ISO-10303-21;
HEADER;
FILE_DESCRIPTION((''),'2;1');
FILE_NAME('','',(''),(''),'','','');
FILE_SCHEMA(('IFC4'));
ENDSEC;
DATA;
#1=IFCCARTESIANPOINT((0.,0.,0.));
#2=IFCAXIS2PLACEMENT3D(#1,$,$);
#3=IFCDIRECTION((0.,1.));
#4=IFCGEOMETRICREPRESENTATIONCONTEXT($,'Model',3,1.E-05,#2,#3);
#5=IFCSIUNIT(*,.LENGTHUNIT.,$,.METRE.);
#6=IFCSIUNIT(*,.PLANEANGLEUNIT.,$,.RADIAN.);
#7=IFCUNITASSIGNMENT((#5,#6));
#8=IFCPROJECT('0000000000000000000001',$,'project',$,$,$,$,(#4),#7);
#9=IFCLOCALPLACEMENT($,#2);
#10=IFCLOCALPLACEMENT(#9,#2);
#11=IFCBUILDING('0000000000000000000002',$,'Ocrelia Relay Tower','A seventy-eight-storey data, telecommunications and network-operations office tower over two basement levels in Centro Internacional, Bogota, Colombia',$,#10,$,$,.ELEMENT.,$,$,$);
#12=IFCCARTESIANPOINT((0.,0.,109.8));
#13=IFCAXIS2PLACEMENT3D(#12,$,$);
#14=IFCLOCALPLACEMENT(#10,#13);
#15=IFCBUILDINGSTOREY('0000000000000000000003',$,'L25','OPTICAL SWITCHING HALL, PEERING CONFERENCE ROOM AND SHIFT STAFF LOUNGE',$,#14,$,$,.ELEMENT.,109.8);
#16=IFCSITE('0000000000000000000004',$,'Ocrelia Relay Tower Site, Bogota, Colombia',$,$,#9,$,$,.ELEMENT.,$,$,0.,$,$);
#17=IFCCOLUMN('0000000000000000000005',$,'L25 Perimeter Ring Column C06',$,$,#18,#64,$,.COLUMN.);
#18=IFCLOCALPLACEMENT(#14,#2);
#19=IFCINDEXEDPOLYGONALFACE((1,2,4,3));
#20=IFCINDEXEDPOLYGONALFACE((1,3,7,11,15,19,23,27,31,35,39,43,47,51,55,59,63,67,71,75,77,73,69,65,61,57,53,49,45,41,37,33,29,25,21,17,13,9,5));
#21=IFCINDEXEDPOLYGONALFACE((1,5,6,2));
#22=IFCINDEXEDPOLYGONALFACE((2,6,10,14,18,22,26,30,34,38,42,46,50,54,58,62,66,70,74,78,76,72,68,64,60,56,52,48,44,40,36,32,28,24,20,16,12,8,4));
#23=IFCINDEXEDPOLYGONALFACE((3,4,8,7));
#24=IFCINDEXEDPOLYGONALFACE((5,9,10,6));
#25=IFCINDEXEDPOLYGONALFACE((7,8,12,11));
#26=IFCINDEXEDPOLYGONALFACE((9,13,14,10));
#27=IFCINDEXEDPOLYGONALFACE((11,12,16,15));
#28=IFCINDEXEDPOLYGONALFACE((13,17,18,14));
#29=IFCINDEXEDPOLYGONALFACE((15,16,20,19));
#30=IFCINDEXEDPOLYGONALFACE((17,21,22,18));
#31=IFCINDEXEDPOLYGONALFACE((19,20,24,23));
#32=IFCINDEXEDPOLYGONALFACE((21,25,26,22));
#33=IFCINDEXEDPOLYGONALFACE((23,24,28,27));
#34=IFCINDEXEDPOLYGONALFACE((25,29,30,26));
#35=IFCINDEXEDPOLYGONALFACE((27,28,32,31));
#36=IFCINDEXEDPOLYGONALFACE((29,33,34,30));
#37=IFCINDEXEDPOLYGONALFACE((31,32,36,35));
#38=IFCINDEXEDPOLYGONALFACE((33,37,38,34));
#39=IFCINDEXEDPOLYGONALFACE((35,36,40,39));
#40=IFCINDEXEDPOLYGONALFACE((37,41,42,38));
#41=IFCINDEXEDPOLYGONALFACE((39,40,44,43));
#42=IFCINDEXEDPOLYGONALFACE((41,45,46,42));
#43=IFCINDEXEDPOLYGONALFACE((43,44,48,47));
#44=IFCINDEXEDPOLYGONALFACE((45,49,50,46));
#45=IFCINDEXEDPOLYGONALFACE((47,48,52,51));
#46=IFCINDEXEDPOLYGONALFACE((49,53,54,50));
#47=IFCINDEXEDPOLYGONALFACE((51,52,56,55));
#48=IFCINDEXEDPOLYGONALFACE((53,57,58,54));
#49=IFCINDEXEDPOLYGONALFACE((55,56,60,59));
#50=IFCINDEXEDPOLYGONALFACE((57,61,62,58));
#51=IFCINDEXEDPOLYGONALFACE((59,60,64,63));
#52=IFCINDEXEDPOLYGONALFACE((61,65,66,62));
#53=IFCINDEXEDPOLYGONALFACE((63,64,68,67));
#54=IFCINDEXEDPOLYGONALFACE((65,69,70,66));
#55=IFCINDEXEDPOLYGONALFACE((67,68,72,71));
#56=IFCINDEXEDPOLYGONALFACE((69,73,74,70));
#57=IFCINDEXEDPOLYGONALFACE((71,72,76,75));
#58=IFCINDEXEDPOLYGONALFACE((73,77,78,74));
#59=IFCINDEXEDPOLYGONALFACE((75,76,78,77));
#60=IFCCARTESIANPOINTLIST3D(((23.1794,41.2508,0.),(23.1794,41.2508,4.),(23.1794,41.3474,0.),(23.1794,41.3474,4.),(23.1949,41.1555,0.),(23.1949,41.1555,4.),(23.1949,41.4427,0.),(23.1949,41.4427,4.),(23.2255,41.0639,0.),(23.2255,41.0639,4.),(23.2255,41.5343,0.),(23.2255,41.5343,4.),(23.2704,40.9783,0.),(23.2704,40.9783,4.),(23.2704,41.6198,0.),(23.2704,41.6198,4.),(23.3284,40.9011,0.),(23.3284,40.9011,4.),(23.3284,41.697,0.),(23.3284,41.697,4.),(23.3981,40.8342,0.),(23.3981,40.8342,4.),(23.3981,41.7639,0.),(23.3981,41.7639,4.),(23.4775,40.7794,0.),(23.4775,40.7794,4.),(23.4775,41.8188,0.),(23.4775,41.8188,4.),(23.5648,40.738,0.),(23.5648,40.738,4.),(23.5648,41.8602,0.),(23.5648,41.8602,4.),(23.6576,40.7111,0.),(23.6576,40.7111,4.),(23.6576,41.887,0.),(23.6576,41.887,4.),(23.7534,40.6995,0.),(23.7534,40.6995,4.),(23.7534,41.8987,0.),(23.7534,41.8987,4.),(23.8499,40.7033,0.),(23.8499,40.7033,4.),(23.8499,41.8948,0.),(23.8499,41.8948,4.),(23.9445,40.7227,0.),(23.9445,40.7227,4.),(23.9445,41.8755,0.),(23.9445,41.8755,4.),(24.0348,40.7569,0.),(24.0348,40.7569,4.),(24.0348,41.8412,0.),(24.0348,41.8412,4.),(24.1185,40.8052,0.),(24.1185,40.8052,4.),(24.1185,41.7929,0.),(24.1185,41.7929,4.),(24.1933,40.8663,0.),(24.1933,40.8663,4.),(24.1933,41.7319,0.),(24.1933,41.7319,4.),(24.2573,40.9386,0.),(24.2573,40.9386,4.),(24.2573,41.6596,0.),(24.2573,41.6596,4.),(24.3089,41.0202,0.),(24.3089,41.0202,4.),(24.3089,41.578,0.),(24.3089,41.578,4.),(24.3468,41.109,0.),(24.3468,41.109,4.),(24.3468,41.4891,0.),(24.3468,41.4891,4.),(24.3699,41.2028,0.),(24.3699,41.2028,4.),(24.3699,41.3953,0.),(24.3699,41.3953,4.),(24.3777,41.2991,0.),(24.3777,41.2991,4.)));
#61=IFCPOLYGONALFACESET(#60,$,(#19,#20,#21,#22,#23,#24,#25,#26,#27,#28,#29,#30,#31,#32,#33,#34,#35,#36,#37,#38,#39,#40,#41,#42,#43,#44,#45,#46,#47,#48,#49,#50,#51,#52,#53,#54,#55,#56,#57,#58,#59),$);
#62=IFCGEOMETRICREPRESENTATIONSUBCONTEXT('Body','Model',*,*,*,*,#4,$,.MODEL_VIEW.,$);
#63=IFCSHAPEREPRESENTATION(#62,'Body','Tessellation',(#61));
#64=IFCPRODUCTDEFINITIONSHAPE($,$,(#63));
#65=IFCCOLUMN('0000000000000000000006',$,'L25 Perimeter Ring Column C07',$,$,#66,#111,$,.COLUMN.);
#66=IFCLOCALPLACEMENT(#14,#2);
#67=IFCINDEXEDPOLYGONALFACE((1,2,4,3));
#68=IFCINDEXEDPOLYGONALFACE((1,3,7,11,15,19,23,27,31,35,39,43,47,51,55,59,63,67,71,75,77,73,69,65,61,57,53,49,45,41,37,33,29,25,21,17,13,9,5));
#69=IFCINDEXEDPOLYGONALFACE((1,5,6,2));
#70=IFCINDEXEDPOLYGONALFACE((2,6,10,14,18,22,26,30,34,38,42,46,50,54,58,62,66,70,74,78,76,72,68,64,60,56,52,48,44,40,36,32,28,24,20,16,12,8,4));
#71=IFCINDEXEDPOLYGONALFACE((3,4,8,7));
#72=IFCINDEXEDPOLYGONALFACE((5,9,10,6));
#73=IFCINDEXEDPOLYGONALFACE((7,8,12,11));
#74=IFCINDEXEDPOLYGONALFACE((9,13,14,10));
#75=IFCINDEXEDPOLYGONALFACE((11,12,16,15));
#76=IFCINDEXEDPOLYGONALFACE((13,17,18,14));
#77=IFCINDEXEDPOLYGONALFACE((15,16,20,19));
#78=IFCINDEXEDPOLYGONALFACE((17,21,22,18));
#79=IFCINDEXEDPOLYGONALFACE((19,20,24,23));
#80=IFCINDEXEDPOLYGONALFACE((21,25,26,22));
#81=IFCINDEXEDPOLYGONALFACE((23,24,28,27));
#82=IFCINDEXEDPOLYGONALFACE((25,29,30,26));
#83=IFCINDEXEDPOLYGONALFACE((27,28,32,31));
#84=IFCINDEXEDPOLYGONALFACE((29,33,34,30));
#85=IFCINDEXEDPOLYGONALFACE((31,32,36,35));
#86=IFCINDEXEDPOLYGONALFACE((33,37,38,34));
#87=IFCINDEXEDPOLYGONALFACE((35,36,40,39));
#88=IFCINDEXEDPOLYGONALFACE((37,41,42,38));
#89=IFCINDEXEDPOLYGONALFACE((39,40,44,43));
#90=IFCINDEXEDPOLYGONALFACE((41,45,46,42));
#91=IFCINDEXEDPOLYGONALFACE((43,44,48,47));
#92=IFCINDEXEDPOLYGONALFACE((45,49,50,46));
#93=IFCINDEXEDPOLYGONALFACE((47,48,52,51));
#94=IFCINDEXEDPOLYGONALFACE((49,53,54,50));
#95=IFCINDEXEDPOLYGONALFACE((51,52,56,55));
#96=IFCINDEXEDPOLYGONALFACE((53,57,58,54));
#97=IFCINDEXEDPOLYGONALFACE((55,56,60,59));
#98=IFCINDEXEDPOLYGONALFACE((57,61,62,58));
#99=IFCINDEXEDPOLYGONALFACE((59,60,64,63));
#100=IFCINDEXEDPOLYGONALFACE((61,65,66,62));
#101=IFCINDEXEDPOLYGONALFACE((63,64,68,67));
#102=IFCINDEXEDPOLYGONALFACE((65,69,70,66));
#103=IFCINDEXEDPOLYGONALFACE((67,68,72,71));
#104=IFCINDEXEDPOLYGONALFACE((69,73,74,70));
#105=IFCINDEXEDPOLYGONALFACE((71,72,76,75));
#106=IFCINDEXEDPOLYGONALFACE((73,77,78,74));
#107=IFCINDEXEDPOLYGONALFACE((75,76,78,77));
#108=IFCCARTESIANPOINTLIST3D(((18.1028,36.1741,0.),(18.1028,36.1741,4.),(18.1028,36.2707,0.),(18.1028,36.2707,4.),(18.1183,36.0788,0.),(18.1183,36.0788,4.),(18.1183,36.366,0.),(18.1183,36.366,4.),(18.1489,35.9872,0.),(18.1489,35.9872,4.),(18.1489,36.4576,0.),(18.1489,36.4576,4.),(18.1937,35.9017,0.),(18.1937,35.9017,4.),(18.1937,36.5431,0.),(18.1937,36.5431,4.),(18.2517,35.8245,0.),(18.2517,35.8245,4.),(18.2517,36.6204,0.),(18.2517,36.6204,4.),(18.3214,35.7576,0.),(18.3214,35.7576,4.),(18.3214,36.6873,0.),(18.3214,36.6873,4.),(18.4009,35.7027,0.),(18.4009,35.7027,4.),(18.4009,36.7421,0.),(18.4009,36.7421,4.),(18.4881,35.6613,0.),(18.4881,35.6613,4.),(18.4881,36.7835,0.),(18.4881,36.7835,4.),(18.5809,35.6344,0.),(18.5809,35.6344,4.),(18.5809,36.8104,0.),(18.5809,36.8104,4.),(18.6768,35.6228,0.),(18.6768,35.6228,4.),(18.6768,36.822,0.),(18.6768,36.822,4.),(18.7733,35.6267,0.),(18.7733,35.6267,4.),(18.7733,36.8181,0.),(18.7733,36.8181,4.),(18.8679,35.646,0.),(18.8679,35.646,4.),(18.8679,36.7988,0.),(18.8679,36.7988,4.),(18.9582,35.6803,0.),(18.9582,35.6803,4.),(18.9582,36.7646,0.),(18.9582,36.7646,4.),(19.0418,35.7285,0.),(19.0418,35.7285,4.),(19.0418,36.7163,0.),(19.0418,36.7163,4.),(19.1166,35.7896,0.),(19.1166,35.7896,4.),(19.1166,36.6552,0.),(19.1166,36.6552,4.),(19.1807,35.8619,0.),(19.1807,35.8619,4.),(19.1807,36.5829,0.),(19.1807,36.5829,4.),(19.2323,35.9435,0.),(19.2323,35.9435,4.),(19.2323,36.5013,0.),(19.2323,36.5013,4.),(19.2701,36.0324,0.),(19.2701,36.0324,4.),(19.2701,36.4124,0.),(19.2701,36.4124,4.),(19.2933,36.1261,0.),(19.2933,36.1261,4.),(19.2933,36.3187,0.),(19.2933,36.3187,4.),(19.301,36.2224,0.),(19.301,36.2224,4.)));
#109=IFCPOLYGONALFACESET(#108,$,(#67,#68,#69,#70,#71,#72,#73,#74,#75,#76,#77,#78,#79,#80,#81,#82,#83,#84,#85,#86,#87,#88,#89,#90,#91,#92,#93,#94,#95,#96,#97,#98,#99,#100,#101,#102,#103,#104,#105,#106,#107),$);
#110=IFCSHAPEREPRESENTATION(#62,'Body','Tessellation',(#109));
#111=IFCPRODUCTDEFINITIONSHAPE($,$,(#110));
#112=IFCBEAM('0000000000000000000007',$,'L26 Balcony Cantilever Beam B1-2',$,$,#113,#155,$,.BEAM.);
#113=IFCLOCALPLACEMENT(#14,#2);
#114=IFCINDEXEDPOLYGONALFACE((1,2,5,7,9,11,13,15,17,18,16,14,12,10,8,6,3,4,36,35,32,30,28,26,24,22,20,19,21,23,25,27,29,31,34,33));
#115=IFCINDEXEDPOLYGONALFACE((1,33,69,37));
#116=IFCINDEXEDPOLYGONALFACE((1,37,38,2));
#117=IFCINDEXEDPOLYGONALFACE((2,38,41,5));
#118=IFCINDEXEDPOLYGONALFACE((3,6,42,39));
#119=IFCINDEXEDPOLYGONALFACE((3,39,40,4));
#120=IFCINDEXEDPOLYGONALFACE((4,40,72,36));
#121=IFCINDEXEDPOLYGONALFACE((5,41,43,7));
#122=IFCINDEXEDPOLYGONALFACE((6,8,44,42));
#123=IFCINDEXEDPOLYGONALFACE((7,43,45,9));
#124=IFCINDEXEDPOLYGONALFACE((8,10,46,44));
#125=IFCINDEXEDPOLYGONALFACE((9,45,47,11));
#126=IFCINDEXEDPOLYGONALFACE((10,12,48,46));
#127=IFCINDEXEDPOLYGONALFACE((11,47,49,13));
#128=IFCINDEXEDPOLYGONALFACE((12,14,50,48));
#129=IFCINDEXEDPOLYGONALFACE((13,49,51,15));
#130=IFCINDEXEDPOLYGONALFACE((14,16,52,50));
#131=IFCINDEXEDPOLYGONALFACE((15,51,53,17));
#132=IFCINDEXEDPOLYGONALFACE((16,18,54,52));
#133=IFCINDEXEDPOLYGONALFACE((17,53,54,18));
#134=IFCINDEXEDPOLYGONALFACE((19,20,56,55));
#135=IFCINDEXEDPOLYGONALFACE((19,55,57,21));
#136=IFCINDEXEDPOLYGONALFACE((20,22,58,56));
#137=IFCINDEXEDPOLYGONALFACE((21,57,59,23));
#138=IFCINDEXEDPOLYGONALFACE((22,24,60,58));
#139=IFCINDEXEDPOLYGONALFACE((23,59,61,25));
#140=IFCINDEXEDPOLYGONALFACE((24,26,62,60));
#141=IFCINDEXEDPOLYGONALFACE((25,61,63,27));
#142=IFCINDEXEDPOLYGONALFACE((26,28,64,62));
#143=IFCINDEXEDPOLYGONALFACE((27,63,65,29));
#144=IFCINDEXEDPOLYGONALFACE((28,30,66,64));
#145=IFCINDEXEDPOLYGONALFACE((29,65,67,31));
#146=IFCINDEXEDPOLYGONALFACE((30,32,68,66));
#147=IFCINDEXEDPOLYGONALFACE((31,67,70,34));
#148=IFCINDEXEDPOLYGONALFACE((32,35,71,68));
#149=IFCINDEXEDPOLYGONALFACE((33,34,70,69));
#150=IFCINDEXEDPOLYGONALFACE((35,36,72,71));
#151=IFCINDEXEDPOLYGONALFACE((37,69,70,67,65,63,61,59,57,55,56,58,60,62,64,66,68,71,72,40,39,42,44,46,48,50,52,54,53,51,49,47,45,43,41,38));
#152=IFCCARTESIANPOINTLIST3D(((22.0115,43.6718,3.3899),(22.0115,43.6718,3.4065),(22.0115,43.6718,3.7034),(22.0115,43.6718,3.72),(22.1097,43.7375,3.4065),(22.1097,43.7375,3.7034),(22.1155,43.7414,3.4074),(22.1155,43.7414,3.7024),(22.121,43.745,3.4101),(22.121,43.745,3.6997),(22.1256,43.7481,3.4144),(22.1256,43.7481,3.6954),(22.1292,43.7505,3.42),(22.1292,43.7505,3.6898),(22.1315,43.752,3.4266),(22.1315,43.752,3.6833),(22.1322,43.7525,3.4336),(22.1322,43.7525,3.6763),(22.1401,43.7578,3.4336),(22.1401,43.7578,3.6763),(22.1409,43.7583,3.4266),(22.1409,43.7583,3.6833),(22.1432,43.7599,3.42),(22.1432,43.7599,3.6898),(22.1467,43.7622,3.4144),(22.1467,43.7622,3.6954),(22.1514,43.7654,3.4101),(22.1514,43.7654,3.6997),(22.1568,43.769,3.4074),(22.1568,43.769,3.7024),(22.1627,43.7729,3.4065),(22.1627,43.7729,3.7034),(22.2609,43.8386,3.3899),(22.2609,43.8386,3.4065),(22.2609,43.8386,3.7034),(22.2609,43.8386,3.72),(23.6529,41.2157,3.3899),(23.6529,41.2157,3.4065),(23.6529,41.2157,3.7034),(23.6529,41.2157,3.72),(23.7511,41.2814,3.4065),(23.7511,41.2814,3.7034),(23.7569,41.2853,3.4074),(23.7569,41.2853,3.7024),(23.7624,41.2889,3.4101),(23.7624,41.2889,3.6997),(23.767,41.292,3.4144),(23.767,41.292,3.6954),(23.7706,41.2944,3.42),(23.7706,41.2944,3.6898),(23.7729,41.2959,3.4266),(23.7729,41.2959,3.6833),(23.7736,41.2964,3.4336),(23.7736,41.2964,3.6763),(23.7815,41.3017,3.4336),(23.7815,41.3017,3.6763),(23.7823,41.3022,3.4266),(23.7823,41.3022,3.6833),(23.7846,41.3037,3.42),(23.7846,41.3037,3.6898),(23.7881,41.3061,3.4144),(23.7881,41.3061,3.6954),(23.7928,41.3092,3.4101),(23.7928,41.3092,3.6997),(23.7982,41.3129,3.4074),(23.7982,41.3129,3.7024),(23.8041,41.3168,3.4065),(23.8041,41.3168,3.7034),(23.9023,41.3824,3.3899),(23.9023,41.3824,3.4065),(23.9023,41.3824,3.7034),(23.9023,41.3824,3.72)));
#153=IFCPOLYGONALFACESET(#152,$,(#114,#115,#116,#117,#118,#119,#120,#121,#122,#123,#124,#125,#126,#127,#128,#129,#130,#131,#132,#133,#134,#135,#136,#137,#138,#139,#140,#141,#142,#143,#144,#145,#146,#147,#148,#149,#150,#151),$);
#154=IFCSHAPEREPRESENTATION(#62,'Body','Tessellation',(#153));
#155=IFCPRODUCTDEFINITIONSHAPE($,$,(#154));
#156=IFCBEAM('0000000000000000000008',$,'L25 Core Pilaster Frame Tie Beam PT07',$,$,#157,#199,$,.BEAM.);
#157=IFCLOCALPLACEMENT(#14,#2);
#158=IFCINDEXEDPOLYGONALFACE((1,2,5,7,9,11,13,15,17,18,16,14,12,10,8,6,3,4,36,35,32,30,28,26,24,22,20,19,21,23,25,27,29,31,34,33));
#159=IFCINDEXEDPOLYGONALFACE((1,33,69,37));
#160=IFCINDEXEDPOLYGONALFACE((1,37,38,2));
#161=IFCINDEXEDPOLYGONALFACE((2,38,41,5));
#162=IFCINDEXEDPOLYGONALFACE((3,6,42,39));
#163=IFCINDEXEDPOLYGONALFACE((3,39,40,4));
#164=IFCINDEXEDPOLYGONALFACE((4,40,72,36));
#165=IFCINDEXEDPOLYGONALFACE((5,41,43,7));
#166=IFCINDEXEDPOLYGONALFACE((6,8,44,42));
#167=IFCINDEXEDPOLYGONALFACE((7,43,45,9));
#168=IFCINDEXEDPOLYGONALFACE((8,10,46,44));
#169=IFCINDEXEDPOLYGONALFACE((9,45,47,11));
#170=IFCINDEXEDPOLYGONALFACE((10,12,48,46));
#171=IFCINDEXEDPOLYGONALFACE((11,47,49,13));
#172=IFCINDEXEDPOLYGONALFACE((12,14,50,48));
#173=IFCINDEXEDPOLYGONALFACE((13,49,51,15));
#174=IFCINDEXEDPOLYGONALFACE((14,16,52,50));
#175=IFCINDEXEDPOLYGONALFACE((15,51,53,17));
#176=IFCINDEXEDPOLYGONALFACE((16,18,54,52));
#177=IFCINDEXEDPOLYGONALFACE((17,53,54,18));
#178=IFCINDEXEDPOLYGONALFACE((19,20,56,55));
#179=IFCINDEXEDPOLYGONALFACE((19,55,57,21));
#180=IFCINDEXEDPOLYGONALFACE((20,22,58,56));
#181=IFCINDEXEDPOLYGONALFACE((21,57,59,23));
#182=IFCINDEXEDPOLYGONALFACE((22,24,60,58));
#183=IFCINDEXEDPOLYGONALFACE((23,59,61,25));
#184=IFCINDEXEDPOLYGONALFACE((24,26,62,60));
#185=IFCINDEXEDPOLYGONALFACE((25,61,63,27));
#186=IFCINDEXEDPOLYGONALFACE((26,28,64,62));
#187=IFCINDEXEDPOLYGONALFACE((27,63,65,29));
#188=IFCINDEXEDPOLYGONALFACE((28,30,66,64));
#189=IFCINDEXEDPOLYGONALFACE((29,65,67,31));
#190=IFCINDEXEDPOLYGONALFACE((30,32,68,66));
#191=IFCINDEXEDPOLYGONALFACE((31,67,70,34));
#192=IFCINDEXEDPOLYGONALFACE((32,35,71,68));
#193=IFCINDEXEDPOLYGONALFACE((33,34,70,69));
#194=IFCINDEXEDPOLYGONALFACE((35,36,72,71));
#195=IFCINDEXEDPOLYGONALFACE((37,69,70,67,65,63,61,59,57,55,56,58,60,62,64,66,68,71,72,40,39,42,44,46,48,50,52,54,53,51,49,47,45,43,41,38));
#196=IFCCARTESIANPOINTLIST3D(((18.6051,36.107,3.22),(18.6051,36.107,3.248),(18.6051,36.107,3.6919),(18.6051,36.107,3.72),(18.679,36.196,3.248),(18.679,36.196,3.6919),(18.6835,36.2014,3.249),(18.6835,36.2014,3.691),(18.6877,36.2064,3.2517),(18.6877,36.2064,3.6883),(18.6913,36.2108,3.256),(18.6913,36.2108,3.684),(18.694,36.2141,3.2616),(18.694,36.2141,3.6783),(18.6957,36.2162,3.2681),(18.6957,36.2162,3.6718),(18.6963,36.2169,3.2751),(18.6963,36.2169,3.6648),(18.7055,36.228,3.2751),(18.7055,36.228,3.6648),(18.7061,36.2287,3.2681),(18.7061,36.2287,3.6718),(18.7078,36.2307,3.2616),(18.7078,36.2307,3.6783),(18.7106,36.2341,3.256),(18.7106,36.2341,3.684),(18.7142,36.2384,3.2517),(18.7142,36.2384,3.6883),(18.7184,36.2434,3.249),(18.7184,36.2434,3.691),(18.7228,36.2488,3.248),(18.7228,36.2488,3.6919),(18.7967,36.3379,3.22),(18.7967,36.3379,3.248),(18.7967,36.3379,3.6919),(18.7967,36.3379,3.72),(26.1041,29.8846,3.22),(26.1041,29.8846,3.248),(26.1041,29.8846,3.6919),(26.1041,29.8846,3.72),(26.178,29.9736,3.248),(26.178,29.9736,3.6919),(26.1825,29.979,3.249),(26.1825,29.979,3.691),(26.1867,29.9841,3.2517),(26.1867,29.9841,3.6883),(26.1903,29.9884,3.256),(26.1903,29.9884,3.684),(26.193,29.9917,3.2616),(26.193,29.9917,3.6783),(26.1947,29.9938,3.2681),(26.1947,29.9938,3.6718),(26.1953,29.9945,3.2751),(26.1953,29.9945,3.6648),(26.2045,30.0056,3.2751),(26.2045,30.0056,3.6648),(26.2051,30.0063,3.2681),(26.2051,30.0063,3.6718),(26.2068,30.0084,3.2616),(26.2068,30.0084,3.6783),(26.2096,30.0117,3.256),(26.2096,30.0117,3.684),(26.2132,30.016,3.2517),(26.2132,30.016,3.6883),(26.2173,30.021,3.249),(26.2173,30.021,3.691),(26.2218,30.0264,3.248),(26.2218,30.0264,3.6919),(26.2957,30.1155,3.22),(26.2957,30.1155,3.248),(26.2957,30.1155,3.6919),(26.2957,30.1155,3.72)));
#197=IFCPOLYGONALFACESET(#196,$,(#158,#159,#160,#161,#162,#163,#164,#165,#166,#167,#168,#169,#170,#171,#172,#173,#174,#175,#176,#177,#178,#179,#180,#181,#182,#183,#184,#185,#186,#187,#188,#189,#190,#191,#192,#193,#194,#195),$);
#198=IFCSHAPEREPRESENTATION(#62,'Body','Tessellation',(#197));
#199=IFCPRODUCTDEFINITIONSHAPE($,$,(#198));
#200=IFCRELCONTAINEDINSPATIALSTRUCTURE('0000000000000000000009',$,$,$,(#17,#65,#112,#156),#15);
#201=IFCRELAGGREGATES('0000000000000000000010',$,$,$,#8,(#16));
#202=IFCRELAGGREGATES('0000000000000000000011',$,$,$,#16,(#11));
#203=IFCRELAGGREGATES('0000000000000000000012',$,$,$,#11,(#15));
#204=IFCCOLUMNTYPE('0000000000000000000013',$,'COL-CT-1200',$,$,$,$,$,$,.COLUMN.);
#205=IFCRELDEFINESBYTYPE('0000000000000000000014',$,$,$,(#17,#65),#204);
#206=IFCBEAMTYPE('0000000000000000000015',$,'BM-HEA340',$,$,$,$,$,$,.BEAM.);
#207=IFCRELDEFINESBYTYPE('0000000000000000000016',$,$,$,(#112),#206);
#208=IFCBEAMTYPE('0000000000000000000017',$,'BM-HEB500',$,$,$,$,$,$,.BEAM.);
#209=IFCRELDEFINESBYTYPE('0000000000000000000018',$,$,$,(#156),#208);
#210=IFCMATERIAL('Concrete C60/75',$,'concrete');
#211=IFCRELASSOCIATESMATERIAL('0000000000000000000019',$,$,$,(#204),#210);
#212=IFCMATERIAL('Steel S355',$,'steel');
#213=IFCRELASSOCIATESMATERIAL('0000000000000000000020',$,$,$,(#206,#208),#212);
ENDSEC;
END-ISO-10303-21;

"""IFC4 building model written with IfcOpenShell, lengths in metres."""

from ifc_helpers import new_model, si_unit, direction, frame, origin, origin_2d, place, context, subcontext, project, spatial, circle, i_section, extrude, material, material_profile, profile_set, type_object, element, save


model = new_model("IFC4")

# Units and contexts
model_context = context("Model", 3, precision=1e-05, world=origin(), true_north=direction((0.0, 1.0)))
body_context = subcontext(model_context, "Body", "Model", "MODEL_VIEW")
ifc_project = project(units=[si_unit("LENGTHUNIT", "METRE"), si_unit("PLANEANGLEUNIT", "RADIAN")], contexts=[model_context])

# Site, building, storey
site_placement = place(None, origin())
site = spatial("IfcSite", under=ifc_project, at=site_placement, Name="Ocrelia Relay Tower Site, Bogota, Colombia", CompositionType="ELEMENT", RefElevation=0.0)
building_placement = place(site_placement, origin())
building = spatial("IfcBuilding", under=site, at=building_placement, Name="Ocrelia Relay Tower", Description="A seventy-eight-storey data, telecommunications and network-operations office tower over two basement levels in Centro Internacional, Bogota, Colombia", CompositionType="ELEMENT")
storey_placement = place(building_placement, frame((0.0, 0.0, 109.8)))
storey = spatial("IfcBuildingStorey", under=building, at=storey_placement, Name="L25", Description="OPTICAL SWITCHING HALL, PEERING CONFERENCE ROOM AND SHIFT STAFF LOUNGE", CompositionType="ELEMENT", Elevation=109.8)

# Columns
ifc_material_1 = material(Name="Concrete C60/75", Category="concrete")
ifc_material_profile_1 = material_profile(ifc_material_1, circle(Radius=0.6001, at=origin_2d()), Name="RC-CIR-1200")
ifc_profile_set_1 = profile_set([ifc_material_profile_1], Name="Concrete C60/75")
column_type = type_object("IfcColumnType", Name="COL-CT-1200", PredefinedType="COLUMN", material=ifc_profile_set_1)
for number, where, z_axis, x_axis, name in (
    (1, (23.7776, 41.2991, 0.0), (0.0, 0.0, 1.0), (1.0, 0.0, 0.0), "L25 Perimeter Ring Column C06"),
    (2, (18.7009, 36.2224, 0.0), (0.0, 0.0, 1.0), (1.0, 0.0, 0.0), "L25 Perimeter Ring Column C07"),
):
    element("IfcColumn", number, at=place(storey_placement, frame(where, z_axis=z_axis, x_axis=x_axis)), inside=storey, type_object=column_type, Name=name, PredefinedType="COLUMN", context=body_context, shape_type="SweptSolid", body=[
        extrude(circle(Radius=0.6001, at=origin_2d()), origin(), (0.0, 0.0, 1.0), 4.0),
    ])

# Beams
ifc_material_2 = material(Name="Steel S355", Category="steel")
ifc_material_profile_2 = material_profile(ifc_material_2, i_section(OverallWidth=0.3, OverallDepth=0.3301, WebThickness=0.0095, FlangeThickness=0.0166, FilletRadius=0.0271, at=origin_2d()), Name="HEA 340")
ifc_profile_set_2 = profile_set([ifc_material_profile_2], Name="Steel S355")
beam_type_1 = type_object("IfcBeamType", Name="BM-HEA340", PredefinedType="BEAM", material=ifc_profile_set_2)
beam_1_placement = place(storey_placement, frame((23.7776, 41.2991, 3.5549), z_axis=(-0.555634, 0.831427, 0.0), x_axis=(-0.831427, -0.555634, 0.0)))
element("IfcBeam", 3, at=beam_1_placement, inside=storey, type_object=beam_type_1, Name="L26 Balcony Cantilever Beam B1-2", PredefinedType="BEAM", context=body_context, shape_type="SweptSolid", body=[
    extrude(i_section(OverallWidth=0.3, OverallDepth=0.3301, WebThickness=0.0095, FlangeThickness=0.0166, FilletRadius=0.0271, at=origin_2d()), origin(), (0.0, 0.0, 1.0), 2.9541),
])
ifc_material_profile_3 = material_profile(ifc_material_2, i_section(OverallWidth=0.3, OverallDepth=0.5, WebThickness=0.0144, FlangeThickness=0.0281, FilletRadius=0.0271, at=origin_2d()), Name="HEB 500")
ifc_profile_set_3 = profile_set([ifc_material_profile_3], Name="Steel S355")
beam_type_2 = type_object("IfcBeamType", Name="BM-HEB500", PredefinedType="BEAM", material=ifc_profile_set_3)
beam_2_placement = place(storey_placement, frame((18.7009, 36.2224, 3.47), z_axis=(0.769571, -0.638561, 0.0), x_axis=(0.638561, 0.769571, 0.0)))
element("IfcBeam", 4, at=beam_2_placement, inside=storey, type_object=beam_type_2, Name="L25 Core Pilaster Frame Tie Beam PT07", PredefinedType="BEAM", context=body_context, shape_type="SweptSolid", body=[
    extrude(i_section(OverallWidth=0.3, OverallDepth=0.5, WebThickness=0.0144, FlangeThickness=0.0281, FilletRadius=0.0271, at=origin_2d()), origin(), (0.0, 0.0, 1.0), 9.7444),
])

save(model, "model.ifc")
